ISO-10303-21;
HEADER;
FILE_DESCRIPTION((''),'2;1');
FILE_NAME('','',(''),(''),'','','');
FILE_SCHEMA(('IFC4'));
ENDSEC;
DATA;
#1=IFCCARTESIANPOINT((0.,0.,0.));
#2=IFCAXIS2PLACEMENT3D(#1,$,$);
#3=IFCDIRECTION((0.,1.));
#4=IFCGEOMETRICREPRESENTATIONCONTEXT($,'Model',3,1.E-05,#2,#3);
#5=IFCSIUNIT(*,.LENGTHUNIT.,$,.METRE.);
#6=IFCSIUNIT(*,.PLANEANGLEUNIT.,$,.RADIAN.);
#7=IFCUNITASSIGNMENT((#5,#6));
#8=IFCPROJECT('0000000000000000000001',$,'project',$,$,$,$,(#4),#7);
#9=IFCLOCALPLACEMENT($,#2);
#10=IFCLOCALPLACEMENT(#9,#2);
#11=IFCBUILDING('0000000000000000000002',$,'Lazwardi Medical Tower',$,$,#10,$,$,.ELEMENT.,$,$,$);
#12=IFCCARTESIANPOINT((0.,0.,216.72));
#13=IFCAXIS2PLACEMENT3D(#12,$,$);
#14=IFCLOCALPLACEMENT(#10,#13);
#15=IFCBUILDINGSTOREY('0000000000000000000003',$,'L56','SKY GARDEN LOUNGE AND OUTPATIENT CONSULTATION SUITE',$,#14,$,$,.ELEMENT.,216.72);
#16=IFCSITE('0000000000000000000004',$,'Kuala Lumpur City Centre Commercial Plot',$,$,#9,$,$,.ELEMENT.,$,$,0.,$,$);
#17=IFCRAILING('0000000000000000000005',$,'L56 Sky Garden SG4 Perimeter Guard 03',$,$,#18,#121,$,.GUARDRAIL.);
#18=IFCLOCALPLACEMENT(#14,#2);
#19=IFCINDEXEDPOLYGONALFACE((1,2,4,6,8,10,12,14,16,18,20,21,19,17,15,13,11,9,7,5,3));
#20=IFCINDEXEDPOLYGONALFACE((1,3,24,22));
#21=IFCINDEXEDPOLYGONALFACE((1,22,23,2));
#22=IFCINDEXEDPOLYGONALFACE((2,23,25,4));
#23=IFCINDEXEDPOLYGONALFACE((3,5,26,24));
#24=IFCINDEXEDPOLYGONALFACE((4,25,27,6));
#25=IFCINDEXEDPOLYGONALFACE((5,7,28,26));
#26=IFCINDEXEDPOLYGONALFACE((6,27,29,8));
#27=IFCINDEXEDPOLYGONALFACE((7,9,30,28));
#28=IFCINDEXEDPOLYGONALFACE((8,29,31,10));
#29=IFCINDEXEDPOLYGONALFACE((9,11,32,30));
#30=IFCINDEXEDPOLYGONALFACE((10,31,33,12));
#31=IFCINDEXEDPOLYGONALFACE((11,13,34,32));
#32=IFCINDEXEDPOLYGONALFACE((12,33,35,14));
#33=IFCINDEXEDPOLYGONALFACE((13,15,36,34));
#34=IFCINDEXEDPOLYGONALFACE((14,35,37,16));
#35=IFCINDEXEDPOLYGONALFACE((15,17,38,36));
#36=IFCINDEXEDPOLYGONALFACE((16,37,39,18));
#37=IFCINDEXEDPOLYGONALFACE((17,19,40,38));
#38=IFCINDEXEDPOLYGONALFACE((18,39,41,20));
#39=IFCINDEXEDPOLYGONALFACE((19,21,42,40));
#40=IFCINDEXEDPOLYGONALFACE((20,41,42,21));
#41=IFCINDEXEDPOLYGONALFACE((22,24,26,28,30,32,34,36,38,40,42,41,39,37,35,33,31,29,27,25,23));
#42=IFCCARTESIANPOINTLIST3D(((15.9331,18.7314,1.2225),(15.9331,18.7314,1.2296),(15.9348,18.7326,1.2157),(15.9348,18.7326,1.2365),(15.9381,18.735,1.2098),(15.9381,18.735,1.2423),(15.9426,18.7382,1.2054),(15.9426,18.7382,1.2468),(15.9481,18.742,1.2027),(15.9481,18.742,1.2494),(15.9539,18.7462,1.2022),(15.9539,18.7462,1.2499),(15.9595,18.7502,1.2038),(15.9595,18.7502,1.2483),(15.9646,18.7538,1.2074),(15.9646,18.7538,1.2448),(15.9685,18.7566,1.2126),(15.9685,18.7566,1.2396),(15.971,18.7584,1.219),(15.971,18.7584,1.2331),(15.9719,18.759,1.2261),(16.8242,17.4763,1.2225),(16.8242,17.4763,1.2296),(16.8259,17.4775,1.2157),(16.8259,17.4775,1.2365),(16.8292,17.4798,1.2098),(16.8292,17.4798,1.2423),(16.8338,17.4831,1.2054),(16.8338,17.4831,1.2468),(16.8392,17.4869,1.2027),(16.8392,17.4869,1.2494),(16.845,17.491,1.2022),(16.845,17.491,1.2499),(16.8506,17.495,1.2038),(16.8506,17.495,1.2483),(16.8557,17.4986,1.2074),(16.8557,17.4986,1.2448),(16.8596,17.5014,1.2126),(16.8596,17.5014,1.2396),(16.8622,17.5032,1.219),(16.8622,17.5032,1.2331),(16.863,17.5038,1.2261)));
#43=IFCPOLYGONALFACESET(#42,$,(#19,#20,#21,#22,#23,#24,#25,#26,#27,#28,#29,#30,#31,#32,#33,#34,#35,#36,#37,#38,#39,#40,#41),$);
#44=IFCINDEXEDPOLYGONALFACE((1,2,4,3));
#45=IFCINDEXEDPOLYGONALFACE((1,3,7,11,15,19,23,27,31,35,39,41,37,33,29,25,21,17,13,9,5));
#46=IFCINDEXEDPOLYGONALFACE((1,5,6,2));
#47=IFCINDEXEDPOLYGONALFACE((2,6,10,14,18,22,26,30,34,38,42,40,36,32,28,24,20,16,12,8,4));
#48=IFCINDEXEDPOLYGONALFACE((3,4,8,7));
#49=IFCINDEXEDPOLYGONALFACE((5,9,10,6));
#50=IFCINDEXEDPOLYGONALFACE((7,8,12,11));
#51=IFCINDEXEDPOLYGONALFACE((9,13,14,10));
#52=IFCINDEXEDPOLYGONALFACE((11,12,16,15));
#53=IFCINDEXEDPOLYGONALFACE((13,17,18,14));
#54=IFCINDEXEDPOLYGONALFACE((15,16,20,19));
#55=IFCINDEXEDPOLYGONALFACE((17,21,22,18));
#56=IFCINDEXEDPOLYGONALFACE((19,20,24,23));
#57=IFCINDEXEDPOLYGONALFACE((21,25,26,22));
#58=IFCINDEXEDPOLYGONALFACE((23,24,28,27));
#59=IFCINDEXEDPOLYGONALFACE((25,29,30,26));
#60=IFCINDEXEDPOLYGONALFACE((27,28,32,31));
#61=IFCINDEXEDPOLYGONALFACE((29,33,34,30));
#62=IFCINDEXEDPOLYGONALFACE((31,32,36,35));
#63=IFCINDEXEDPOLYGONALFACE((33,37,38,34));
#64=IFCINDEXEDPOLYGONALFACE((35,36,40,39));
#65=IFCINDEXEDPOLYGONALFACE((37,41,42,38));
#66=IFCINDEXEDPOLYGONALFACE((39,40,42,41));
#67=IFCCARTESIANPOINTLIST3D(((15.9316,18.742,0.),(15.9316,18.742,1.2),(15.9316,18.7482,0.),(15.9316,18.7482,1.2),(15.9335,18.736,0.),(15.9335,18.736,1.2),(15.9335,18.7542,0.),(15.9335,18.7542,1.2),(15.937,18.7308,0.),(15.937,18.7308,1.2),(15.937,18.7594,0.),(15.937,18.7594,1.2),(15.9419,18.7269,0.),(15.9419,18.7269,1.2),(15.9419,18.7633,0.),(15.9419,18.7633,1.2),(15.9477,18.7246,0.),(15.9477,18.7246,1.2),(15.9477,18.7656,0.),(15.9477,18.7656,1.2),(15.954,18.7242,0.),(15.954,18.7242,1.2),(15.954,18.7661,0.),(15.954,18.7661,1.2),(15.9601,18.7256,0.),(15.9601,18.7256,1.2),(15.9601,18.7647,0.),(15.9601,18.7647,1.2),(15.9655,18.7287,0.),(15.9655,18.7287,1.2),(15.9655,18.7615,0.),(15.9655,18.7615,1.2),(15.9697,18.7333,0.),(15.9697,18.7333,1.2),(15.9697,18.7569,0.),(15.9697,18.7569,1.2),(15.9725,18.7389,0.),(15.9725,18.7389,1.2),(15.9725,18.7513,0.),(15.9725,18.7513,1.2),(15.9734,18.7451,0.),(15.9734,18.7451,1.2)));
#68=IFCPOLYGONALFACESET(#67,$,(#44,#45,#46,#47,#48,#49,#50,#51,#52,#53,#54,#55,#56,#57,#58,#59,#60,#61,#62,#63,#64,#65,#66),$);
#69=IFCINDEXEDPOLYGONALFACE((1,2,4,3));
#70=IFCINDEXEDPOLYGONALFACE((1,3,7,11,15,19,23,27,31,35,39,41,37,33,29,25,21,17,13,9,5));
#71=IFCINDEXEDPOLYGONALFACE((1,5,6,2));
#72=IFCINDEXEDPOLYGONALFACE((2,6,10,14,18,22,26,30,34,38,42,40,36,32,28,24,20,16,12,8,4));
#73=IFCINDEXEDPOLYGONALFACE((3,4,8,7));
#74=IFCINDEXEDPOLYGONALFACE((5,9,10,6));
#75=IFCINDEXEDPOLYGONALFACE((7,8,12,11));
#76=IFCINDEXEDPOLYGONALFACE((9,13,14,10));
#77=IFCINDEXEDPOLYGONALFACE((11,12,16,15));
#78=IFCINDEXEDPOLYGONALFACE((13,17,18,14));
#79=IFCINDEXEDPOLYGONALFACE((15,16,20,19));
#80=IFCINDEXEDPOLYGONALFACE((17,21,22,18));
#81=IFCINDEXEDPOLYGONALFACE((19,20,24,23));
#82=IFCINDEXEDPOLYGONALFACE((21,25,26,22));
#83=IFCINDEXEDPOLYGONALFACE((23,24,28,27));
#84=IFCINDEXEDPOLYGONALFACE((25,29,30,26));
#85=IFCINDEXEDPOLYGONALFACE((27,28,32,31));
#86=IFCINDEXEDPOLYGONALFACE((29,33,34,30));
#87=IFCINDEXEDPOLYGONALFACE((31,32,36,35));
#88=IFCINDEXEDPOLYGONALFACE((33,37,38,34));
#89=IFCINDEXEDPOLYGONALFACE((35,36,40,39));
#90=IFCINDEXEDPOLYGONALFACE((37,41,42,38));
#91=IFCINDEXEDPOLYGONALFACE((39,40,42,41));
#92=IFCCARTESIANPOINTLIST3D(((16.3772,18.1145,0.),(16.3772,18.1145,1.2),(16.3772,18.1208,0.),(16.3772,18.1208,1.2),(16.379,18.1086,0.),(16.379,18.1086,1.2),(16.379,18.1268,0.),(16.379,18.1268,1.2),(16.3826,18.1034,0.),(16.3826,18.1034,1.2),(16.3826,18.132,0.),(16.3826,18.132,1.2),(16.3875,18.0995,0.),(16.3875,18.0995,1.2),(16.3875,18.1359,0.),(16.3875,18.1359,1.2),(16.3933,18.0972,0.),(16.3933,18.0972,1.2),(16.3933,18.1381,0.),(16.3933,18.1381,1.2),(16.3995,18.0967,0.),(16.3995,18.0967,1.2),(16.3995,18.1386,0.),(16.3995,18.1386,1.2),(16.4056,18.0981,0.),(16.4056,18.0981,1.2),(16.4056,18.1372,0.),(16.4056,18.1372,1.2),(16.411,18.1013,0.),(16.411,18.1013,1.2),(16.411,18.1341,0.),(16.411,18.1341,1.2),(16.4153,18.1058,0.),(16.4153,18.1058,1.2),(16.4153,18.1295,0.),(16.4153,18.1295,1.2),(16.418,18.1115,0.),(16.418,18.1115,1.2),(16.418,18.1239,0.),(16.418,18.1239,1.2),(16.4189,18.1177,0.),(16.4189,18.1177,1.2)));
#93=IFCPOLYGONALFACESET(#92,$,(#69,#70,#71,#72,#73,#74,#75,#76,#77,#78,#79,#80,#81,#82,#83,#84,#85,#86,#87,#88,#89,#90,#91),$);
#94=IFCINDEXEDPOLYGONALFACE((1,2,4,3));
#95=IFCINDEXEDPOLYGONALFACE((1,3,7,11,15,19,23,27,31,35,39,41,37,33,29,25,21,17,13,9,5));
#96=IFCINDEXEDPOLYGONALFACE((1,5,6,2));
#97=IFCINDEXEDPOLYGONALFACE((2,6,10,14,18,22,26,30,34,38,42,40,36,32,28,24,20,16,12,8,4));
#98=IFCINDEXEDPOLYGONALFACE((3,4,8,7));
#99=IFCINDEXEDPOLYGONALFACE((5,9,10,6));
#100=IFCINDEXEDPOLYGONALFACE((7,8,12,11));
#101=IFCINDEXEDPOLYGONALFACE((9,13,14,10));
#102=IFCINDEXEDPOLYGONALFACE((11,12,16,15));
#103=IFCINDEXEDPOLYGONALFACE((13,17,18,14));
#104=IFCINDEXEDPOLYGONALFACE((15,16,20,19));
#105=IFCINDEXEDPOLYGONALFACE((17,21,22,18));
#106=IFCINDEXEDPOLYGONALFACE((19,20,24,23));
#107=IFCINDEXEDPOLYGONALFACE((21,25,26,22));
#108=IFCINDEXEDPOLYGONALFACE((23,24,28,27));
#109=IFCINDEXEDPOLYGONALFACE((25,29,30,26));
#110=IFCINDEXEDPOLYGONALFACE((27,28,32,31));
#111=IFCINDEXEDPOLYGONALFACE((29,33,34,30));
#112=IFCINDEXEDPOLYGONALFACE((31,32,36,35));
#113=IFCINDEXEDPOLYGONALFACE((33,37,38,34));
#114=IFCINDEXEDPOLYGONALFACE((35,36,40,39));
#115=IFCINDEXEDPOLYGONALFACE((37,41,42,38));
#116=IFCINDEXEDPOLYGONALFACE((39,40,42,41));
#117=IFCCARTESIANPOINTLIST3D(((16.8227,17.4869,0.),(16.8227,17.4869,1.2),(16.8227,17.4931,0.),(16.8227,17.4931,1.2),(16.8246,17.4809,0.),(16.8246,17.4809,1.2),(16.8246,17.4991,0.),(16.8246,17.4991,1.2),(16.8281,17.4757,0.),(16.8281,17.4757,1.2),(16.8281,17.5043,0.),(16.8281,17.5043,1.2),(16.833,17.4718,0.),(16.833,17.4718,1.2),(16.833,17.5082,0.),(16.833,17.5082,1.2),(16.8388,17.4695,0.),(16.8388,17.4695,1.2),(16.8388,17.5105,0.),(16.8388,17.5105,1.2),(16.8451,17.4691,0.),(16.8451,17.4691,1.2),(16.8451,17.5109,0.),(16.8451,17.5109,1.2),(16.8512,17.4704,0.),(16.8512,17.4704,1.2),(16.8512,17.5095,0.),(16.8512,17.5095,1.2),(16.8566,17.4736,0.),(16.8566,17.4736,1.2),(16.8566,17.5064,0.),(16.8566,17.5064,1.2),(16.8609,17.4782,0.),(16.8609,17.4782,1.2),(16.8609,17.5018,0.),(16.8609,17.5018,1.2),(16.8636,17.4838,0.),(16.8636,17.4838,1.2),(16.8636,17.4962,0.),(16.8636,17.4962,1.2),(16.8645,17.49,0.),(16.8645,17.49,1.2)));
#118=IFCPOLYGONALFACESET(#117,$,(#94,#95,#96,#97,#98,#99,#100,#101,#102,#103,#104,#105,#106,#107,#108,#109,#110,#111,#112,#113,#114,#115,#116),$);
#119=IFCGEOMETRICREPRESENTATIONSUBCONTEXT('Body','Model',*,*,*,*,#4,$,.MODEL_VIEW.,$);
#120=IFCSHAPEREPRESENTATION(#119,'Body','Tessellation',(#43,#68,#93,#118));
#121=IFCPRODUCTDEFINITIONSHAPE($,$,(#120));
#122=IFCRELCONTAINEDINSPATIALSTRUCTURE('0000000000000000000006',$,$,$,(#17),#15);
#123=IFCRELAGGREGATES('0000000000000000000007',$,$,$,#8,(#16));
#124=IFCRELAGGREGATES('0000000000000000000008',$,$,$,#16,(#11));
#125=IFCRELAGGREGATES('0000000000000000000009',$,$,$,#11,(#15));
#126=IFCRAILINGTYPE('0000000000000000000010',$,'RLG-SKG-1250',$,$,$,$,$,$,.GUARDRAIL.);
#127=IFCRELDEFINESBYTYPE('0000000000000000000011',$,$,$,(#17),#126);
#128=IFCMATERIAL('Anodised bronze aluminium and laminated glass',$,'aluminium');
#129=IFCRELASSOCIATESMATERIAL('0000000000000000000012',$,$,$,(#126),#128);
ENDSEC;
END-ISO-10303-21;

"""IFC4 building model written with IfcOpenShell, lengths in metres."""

from ifc_helpers import new_model, si_unit, direction, frame, origin, origin_2d, place, context, subcontext, project, spatial, circle, extrude, material, type_object, element, save


model = new_model("IFC4")

# Units and contexts
model_context = context("Model", 3, precision=1e-05, world=origin(), true_north=direction((0.0, 1.0)))
body_context = subcontext(model_context, "Body", "Model", "MODEL_VIEW")
ifc_project = project(units=[si_unit("LENGTHUNIT", "METRE"), si_unit("PLANEANGLEUNIT", "RADIAN")], contexts=[model_context])

# Site, building, storey
site_placement = place(None, origin())
site = spatial("IfcSite", under=ifc_project, at=site_placement, Name="Kuala Lumpur City Centre Commercial Plot", CompositionType="ELEMENT", RefElevation=0.0)
building_placement = place(site_placement, origin())
building = spatial("IfcBuilding", under=site, at=building_placement, Name="Lazwardi Medical Tower", CompositionType="ELEMENT")
storey_placement = place(building_placement, frame((0.0, 0.0, 216.72)))
storey = spatial("IfcBuildingStorey", under=building, at=storey_placement, Name="L56", Description="SKY GARDEN LOUNGE AND OUTPATIENT CONSULTATION SUITE", CompositionType="ELEMENT", Elevation=216.72)

# Shared definitions
ifc_material_1 = material(Name="Anodised bronze aluminium and laminated glass", Category="aluminium")

# Railing
railing_type = type_object("IfcRailingType", Name="RLG-SKG-1250", PredefinedType="GUARDRAIL", material=ifc_material_1)
railing_1_placement = place(storey_placement, frame((15.9524, 18.7451, 0.0)))
element("IfcRailing", 1, at=railing_1_placement, inside=storey, type_object=railing_type, Name="L56 Sky Garden SG4 Perimeter Guard 03", PredefinedType="GUARDRAIL", context=body_context, shape_type="SweptSolid", body=[
    extrude(circle(Radius=0.0239, at=origin_2d()), frame((0.0, 0.0, 1.2261), z_axis=(0.57891, -0.815391, 0.0), x_axis=(0.815391, 0.57891, 0.0)), (0.0, 0.0, 1.0), 1.5393),
    extrude(circle(Radius=0.021, at=origin_2d()), origin(), (0.0, 0.0, 1.0), 1.2),
    extrude(circle(Radius=0.021, at=origin_2d()), frame((0.4456, -0.6274, 0.0)), (0.0, 0.0, 1.0), 1.2),
    extrude(circle(Radius=0.021, at=origin_2d()), frame((0.8911, -1.2551, 0.0)), (0.0, 0.0, 1.0), 1.2),
])

save(model, "model.ifc")
